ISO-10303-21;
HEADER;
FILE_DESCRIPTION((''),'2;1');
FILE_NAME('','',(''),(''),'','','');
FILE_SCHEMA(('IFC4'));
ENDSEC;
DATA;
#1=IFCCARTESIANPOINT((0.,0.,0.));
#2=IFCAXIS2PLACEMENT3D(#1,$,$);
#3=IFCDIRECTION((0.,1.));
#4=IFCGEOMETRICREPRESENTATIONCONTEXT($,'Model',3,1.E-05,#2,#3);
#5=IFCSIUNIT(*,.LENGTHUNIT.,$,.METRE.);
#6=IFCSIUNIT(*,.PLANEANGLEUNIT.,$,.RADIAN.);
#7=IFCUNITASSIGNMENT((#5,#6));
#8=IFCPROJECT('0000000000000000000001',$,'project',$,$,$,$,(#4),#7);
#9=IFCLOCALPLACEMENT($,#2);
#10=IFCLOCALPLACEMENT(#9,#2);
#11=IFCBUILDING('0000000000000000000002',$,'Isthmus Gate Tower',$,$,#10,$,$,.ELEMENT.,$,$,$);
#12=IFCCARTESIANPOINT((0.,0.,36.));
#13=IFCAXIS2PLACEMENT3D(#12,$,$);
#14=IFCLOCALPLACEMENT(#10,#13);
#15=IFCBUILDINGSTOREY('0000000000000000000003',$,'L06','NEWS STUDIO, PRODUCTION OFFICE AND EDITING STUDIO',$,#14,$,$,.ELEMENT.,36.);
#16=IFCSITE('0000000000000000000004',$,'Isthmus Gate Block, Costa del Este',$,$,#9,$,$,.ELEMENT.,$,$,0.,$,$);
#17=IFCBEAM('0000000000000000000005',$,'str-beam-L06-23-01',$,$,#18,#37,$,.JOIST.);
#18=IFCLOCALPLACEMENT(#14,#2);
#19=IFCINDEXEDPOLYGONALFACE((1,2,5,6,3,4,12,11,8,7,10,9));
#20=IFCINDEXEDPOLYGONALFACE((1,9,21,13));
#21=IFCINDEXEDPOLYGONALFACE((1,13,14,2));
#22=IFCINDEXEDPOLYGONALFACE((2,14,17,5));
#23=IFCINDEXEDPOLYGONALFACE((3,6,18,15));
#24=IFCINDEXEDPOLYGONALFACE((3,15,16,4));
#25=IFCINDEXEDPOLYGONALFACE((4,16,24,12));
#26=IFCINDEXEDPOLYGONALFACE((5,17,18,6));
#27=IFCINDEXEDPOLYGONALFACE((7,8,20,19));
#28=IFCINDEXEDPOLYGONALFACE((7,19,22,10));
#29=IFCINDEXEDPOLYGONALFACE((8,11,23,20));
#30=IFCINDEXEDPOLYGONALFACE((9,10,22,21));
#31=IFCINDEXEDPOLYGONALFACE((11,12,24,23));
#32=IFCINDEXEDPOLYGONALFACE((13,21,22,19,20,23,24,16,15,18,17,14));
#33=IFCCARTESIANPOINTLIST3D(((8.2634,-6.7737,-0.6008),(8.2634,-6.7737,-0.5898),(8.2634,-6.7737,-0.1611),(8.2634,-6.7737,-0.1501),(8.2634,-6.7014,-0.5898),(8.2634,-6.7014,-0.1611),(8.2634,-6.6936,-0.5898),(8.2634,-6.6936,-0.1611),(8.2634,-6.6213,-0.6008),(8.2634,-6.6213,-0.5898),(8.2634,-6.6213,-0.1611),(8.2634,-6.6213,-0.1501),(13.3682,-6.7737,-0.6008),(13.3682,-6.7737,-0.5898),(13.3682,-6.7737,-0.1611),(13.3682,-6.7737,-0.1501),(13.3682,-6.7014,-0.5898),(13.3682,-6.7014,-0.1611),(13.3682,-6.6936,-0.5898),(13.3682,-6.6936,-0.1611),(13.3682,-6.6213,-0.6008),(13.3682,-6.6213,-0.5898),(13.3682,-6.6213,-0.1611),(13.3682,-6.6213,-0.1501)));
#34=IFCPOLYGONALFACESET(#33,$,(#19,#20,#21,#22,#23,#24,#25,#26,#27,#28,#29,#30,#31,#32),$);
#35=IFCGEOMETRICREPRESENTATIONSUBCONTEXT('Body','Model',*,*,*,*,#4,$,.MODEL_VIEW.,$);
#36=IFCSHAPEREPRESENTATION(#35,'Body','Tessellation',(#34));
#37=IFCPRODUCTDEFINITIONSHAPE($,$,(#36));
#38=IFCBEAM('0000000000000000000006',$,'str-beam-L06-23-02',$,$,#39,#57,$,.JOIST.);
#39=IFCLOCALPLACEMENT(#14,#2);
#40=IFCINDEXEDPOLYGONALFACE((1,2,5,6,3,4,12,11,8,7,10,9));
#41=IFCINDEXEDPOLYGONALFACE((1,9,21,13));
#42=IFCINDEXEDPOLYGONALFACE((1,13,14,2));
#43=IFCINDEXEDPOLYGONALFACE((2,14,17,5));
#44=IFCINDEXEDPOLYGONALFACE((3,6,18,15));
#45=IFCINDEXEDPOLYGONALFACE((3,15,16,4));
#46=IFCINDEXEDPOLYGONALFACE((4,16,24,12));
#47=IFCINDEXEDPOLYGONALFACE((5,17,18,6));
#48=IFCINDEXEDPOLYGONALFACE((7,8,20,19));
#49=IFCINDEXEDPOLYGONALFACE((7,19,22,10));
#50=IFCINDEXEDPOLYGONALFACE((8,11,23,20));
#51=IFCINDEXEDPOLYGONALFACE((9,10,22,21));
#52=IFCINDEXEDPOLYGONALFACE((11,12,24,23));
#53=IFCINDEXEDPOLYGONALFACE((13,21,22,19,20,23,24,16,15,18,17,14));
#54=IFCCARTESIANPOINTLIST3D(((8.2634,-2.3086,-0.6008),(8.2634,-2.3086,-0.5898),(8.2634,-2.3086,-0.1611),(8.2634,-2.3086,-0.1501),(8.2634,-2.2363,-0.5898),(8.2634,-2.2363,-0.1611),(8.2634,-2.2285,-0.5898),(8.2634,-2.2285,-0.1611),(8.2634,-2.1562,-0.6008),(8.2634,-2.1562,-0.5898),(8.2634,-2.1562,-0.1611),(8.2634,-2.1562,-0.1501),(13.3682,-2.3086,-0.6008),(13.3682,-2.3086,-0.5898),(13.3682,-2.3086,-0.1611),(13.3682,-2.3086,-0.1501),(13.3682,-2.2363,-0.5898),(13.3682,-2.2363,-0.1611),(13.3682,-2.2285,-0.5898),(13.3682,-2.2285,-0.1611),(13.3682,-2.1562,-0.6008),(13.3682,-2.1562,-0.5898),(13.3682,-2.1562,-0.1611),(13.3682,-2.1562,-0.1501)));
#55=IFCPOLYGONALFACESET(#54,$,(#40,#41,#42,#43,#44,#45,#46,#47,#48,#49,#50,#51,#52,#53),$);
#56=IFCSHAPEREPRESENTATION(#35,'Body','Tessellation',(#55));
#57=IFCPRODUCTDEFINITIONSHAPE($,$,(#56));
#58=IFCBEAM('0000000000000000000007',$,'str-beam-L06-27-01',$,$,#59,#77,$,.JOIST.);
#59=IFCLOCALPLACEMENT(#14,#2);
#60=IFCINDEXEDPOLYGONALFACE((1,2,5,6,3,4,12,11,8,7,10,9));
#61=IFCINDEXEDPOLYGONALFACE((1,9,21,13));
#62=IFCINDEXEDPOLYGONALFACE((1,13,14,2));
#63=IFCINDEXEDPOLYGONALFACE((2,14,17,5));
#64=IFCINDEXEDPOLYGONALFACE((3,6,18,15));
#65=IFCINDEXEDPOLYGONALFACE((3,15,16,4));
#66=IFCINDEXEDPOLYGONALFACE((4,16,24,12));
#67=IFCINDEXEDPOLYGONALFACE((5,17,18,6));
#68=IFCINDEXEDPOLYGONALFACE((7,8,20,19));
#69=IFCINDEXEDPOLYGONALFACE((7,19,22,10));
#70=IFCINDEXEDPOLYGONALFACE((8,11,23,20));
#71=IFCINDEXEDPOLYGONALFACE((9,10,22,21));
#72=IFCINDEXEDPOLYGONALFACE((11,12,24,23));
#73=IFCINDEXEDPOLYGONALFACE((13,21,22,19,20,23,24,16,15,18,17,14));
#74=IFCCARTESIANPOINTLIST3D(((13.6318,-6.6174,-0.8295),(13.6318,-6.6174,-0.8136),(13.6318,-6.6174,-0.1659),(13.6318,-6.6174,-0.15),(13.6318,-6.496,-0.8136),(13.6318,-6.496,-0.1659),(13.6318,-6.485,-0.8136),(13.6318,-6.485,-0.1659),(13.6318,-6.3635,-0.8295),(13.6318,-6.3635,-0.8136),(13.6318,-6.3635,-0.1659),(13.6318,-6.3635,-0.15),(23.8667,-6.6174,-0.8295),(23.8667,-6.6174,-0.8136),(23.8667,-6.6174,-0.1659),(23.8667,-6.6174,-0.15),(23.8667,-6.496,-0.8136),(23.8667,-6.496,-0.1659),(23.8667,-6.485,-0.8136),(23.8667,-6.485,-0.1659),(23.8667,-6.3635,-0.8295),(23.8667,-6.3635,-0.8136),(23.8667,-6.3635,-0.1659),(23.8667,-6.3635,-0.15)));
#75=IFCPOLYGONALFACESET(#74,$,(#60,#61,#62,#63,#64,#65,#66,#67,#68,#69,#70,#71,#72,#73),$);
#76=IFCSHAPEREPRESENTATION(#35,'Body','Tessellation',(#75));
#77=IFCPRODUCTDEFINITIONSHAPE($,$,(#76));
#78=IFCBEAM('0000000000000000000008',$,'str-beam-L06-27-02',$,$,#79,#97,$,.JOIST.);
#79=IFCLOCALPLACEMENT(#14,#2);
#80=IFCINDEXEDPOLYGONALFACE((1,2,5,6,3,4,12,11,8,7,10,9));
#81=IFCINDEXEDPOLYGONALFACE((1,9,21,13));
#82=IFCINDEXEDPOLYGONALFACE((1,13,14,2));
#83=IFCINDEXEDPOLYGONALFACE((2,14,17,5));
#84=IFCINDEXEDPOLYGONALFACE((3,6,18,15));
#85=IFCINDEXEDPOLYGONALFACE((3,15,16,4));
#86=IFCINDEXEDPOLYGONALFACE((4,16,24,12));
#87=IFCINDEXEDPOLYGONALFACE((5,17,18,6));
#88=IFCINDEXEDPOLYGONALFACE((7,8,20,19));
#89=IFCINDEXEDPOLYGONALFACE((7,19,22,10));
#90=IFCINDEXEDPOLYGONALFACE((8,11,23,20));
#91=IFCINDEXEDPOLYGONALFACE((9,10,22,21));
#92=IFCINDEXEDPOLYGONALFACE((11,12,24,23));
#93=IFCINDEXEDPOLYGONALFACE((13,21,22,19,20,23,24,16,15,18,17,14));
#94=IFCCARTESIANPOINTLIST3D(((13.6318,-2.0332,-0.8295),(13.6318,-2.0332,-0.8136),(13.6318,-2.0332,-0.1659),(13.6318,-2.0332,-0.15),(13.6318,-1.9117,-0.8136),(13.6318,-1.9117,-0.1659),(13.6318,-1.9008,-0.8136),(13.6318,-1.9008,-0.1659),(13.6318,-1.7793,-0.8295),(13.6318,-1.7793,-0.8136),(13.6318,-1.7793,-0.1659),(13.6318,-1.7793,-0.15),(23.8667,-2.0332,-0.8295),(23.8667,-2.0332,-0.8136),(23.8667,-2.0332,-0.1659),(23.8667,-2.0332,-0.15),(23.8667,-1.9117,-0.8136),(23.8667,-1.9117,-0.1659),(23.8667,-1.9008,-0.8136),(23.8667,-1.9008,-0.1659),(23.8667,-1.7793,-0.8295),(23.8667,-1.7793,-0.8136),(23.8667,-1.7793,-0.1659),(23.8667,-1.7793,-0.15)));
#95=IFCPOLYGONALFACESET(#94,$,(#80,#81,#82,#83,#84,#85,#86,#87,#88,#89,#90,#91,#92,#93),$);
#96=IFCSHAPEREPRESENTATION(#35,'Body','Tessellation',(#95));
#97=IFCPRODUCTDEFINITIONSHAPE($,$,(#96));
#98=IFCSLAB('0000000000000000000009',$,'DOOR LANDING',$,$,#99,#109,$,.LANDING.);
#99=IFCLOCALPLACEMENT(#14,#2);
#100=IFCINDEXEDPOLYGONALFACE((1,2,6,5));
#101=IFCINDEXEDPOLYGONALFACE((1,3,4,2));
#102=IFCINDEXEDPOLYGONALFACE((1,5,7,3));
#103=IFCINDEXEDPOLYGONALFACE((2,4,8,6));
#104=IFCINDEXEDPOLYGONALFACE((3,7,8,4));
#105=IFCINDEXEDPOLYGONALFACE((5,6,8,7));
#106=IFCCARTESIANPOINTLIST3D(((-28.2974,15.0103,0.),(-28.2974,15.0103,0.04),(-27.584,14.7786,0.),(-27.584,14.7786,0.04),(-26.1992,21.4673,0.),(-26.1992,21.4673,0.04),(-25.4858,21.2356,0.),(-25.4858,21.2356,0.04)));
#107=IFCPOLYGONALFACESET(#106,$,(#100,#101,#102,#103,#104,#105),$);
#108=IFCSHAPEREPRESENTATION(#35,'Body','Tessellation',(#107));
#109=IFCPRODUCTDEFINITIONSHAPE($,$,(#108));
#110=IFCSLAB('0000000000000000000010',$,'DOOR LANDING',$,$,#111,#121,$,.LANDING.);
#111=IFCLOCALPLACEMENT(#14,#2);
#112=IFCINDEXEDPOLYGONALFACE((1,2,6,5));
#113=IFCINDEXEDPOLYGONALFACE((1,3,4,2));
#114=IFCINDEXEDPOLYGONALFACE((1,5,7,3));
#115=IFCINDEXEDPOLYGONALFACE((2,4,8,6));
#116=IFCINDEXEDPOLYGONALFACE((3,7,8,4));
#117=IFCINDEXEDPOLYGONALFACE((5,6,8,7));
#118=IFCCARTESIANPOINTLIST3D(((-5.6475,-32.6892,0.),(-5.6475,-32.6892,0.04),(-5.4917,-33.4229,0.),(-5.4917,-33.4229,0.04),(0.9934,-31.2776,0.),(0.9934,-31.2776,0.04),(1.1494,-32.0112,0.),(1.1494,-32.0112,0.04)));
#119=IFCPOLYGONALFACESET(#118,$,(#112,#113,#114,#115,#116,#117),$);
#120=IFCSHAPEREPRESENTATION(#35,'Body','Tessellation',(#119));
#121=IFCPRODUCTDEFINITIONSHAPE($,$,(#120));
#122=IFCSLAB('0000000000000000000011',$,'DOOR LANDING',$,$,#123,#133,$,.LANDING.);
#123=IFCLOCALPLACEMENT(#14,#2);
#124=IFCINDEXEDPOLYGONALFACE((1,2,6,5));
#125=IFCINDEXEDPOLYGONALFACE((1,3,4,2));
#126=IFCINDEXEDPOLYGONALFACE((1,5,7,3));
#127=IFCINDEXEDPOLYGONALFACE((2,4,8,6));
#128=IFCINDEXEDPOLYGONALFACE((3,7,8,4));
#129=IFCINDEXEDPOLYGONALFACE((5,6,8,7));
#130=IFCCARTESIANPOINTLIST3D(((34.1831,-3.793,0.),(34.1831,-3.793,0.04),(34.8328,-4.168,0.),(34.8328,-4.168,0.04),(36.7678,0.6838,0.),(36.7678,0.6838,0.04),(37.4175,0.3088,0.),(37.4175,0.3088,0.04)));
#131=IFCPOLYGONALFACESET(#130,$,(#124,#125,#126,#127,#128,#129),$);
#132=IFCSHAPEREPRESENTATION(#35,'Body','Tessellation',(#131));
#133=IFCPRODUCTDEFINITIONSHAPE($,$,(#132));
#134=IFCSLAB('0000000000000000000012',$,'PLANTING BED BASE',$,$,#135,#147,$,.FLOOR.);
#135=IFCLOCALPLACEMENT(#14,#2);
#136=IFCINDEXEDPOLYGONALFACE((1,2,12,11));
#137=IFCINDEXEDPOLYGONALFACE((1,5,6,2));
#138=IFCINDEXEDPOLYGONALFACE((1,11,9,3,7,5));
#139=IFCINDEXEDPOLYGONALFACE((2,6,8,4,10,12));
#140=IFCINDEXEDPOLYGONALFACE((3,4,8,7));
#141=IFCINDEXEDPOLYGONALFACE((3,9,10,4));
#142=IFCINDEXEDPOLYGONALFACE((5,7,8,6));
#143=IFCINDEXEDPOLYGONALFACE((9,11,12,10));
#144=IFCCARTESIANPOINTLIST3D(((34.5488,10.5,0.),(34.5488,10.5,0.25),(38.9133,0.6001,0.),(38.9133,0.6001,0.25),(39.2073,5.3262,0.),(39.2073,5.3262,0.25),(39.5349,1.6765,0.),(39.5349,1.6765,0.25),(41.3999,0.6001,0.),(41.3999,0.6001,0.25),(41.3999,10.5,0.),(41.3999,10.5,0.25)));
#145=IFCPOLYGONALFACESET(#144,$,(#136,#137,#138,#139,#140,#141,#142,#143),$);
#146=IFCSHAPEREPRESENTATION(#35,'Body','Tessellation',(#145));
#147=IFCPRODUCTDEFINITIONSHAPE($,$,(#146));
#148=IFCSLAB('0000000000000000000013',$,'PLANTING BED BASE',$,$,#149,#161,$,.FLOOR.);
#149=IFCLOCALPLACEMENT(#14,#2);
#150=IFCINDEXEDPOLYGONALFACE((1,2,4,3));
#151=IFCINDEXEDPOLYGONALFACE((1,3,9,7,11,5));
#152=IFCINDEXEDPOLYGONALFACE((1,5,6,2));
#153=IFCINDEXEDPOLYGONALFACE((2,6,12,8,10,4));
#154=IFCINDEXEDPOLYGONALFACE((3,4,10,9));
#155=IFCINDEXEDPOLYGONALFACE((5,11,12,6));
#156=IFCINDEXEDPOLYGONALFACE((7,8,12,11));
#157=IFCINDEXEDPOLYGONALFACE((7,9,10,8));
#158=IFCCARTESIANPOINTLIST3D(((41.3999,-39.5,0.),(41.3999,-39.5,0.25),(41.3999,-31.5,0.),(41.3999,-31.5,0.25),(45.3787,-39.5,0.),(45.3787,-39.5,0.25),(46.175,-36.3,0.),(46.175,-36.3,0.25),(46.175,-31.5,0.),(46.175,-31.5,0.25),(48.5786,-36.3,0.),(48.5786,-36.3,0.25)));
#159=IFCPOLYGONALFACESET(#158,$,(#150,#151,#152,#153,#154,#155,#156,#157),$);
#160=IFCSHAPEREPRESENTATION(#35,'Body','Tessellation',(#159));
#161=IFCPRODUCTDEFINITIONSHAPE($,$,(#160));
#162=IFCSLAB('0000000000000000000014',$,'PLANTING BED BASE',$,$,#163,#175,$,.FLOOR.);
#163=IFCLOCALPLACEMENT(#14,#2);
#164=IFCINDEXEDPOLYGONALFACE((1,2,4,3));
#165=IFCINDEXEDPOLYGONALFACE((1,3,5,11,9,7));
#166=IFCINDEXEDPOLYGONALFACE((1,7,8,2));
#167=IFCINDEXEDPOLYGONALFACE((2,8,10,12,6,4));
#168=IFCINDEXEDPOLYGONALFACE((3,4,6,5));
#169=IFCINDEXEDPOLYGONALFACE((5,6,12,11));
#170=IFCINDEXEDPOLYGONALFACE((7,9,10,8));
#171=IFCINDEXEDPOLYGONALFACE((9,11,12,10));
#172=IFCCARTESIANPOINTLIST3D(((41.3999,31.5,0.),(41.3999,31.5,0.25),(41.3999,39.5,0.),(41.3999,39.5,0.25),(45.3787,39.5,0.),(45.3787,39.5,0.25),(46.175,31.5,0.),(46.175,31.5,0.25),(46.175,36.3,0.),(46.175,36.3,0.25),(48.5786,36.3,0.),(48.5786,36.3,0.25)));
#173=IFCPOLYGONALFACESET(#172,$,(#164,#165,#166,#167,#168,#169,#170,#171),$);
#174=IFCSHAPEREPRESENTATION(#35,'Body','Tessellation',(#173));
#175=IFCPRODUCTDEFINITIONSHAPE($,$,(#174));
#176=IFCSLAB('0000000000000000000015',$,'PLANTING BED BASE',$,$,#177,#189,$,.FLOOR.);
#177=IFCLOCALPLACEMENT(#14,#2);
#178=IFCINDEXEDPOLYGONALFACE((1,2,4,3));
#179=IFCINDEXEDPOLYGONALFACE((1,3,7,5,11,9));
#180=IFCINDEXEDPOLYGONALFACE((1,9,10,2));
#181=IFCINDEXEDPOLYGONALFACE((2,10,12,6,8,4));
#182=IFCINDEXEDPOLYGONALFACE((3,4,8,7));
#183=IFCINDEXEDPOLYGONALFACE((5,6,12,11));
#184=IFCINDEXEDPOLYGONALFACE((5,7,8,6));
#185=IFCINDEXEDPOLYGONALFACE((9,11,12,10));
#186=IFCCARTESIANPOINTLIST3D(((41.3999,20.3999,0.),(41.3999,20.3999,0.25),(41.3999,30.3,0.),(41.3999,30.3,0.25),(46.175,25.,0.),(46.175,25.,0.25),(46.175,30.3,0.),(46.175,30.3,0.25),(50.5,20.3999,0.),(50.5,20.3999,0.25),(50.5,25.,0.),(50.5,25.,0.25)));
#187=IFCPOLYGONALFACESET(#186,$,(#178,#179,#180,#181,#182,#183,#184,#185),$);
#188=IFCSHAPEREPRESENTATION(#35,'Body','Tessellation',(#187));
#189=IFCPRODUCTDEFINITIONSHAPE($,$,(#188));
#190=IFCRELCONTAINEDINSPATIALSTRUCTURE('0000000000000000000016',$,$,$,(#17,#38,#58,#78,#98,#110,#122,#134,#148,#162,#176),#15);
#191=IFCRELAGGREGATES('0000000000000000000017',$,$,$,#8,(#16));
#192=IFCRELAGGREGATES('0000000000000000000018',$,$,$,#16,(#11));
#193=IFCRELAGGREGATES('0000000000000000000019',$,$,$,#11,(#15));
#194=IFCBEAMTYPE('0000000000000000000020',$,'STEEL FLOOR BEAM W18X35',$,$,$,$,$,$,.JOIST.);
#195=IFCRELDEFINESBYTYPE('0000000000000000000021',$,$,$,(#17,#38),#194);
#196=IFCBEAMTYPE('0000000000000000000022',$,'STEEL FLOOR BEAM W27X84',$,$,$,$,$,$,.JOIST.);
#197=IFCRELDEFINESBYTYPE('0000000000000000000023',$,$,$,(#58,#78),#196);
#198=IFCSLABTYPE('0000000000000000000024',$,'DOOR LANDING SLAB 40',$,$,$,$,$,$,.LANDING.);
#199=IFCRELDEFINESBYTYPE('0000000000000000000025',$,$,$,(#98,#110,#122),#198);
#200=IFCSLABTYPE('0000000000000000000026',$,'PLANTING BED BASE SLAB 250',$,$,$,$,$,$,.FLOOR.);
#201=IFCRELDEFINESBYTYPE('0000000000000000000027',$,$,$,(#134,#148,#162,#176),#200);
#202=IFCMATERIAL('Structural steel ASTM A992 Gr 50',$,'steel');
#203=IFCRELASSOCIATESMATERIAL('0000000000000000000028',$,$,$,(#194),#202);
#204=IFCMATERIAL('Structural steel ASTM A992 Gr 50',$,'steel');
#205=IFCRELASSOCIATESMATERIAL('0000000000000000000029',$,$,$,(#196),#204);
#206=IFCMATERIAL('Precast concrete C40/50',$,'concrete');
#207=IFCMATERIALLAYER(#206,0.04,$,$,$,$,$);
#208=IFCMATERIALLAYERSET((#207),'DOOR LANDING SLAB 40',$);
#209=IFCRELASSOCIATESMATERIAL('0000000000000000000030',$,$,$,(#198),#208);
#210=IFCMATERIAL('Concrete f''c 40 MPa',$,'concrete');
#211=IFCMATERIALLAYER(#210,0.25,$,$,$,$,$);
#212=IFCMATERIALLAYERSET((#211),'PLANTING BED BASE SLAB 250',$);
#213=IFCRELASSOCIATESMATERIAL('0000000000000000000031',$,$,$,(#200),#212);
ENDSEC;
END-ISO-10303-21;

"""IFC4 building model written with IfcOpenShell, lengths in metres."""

from ifc_helpers import new_model, si_unit, direction, frame, origin, origin_2d, place, context, subcontext, project, spatial, polyline, i_section, outline, extrude, material, layer, layer_set, material_profile, profile_set, type_object, element, save


model = new_model("IFC4")

# Units and contexts
model_context = context("Model", 3, precision=1e-05, world=origin(), true_north=direction((0.0, 1.0)))
body_context = subcontext(model_context, "Body", "Model", "MODEL_VIEW")
ifc_project = project(units=[si_unit("LENGTHUNIT", "METRE"), si_unit("PLANEANGLEUNIT", "RADIAN")], contexts=[model_context])

# Site, building, storey
site_placement = place(None, origin())
site = spatial("IfcSite", under=ifc_project, at=site_placement, Name="Isthmus Gate Block, Costa del Este", CompositionType="ELEMENT", RefElevation=0.0)
building_placement = place(site_placement, origin())
building = spatial("IfcBuilding", under=site, at=building_placement, Name="Isthmus Gate Tower", CompositionType="ELEMENT")
storey_placement = place(building_placement, frame((0.0, 0.0, 36.0)))
storey = spatial("IfcBuildingStorey", under=building, at=storey_placement, Name="L06", Description="NEWS STUDIO, PRODUCTION OFFICE AND EDITING STUDIO", CompositionType="ELEMENT", Elevation=36.0)

# Beams
ifc_material_1 = material(Name="Structural steel ASTM A992 Gr 50", Category="steel")
ifc_material_profile_1 = material_profile(ifc_material_1, i_section(OverallWidth=0.1523, OverallDepth=0.4507, WebThickness=0.0078, FlangeThickness=0.011, at=origin_2d()), Name="W18X35")
ifc_profile_set_1 = profile_set([ifc_material_profile_1], Name="Structural steel ASTM A992 Gr 50")
beam_type_1 = type_object("IfcBeamType", Name="STEEL FLOOR BEAM W18X35", PredefinedType="JOIST", material=ifc_profile_set_1)
for number, where, z_axis, x_axis, name in (
    (1, (8.2634, -6.6975, -0.3755), (1.0, 0.0, 0.0), (0.0, 1.0, 0.0), "str-beam-L06-23-01"),
    (2, (8.2634, -2.2324, -0.3755), (1.0, 0.0, 0.0), (0.0, 1.0, 0.0), "str-beam-L06-23-02"),
):
    element("IfcBeam", number, at=place(storey_placement, frame(where, z_axis=z_axis, x_axis=x_axis)), inside=storey, type_object=beam_type_1, Name=name, PredefinedType="JOIST", context=body_context, shape_type="SweptSolid", body=[
        extrude(i_section(OverallWidth=0.1523, OverallDepth=0.4507, WebThickness=0.0078, FlangeThickness=0.011, at=origin_2d()), origin(), (0.0, 0.0, 1.0), 5.1047),
    ])
ifc_material_2 = material(Name="Structural steel ASTM A992 Gr 50", Category="steel")
ifc_material_profile_2 = material_profile(ifc_material_2, i_section(OverallWidth=0.2539, OverallDepth=0.6794, WebThickness=0.011, FlangeThickness=0.0159, at=origin_2d()), Name="W27X84")
ifc_profile_set_2 = profile_set([ifc_material_profile_2], Name="Structural steel ASTM A992 Gr 50")
beam_type_2 = type_object("IfcBeamType", Name="STEEL FLOOR BEAM W27X84", PredefinedType="JOIST", material=ifc_profile_set_2)
for number, where, z_axis, x_axis, name in (
    (3, (13.6318, -6.4905, -0.4897), (1.0, 0.0, 0.0), (0.0, 1.0, 0.0), "str-beam-L06-27-01"),
    (4, (13.6318, -1.9062, -0.4897), (1.0, 0.0, 0.0), (0.0, 1.0, 0.0), "str-beam-L06-27-02"),
):
    element("IfcBeam", number, at=place(storey_placement, frame(where, z_axis=z_axis, x_axis=x_axis)), inside=storey, type_object=beam_type_2, Name=name, PredefinedType="JOIST", context=body_context, shape_type="SweptSolid", body=[
        extrude(i_section(OverallWidth=0.2539, OverallDepth=0.6794, WebThickness=0.011, FlangeThickness=0.0159, at=origin_2d()), origin(), (0.0, 0.0, 1.0), 10.2349),
    ])

# Slabs
ifc_material_3 = material(Name="Precast concrete C40/50", Category="concrete")
ifc_layer_1 = layer(ifc_material_3, 0.04)
ifc_layer_set_1 = layer_set([ifc_layer_1], Name="DOOR LANDING SLAB 40")
slab_type_1 = type_object("IfcSlabType", Name="DOOR LANDING SLAB 40", PredefinedType="LANDING", material=ifc_layer_set_1)
slab_1_placement = place(storey_placement, origin())
element("IfcSlab", 5, at=slab_1_placement, inside=storey, type_object=slab_type_1, Name="DOOR LANDING", PredefinedType="LANDING", context=body_context, shape_type="SweptSolid", body=[
    extrude(outline(polyline([(-26.1992, 21.4673), (-28.2974, 15.0103), (-27.584, 14.7786), (-25.4858, 21.2356), (-26.1992, 21.4673)])), origin(), (0.0, 0.0, 1.0), 0.04),
])
slab_2_placement = place(storey_placement, origin())
element("IfcSlab", 6, at=slab_2_placement, inside=storey, type_object=slab_type_1, Name="DOOR LANDING", PredefinedType="LANDING", context=body_context, shape_type="SweptSolid", body=[
    extrude(outline(polyline([(-5.4917, -33.4229), (1.1494, -32.0112), (0.9934, -31.2776), (-5.6475, -32.6892), (-5.4917, -33.4229)])), origin(), (0.0, 0.0, 1.0), 0.04),
])
slab_3_placement = place(storey_placement, origin())
element("IfcSlab", 7, at=slab_3_placement, inside=storey, type_object=slab_type_1, Name="DOOR LANDING", PredefinedType="LANDING", context=body_context, shape_type="SweptSolid", body=[
    extrude(outline(polyline([(34.8328, -4.168), (37.4175, 0.3088), (36.7678, 0.6838), (34.1831, -3.793), (34.8328, -4.168)])), origin(), (0.0, 0.0, 1.0), 0.04),
])
ifc_material_4 = material(Name="Concrete f'c 40 MPa", Category="concrete")
ifc_layer_2 = layer(ifc_material_4, 0.25)
ifc_layer_set_2 = layer_set([ifc_layer_2], Name="PLANTING BED BASE SLAB 250")
slab_type_2 = type_object("IfcSlabType", Name="PLANTING BED BASE SLAB 250", PredefinedType="FLOOR", material=ifc_layer_set_2)
slab_4_placement = place(storey_placement, origin())
element("IfcSlab", 8, at=slab_4_placement, inside=storey, type_object=slab_type_2, Name="PLANTING BED BASE", PredefinedType="FLOOR", context=body_context, shape_type="SweptSolid", body=[
    extrude(outline(polyline([(41.3999, 10.5), (34.5488, 10.5), (39.2073, 5.3262), (39.5349, 1.6765), (38.9133, 0.6001), (41.3999, 0.6001), (41.3999, 10.5)])), origin(), (0.0, 0.0, 1.0), 0.25),
])
slab_5_placement = place(storey_placement, origin())
element("IfcSlab", 9, at=slab_5_placement, inside=storey, type_object=slab_type_2, Name="PLANTING BED BASE", PredefinedType="FLOOR", context=body_context, shape_type="SweptSolid", body=[
    extrude(outline(polyline([(41.3999, -31.5), (41.3999, -39.5), (45.3787, -39.5), (48.5786, -36.3), (46.175, -36.3), (46.175, -31.5), (41.3999, -31.5)])), origin(), (0.0, 0.0, 1.0), 0.25),
])
slab_6_placement = place(storey_placement, origin())
element("IfcSlab", 10, at=slab_6_placement, inside=storey, type_object=slab_type_2, Name="PLANTING BED BASE", PredefinedType="FLOOR", context=body_context, shape_type="SweptSolid", body=[
    extrude(outline(polyline([(41.3999, 31.5), (46.175, 31.5), (46.175, 36.3), (48.5786, 36.3), (45.3787, 39.5), (41.3999, 39.5), (41.3999, 31.5)])), origin(), (0.0, 0.0, 1.0), 0.25),
])
slab_7_placement = place(storey_placement, origin())
element("IfcSlab", 11, at=slab_7_placement, inside=storey, type_object=slab_type_2, Name="PLANTING BED BASE", PredefinedType="FLOOR", context=body_context, shape_type="SweptSolid", body=[
    extrude(outline(polyline([(41.3999, 20.3999), (50.5, 20.3999), (50.5, 25.0), (46.175, 25.0), (46.175, 30.3), (41.3999, 30.3), (41.3999, 20.3999)])), origin(), (0.0, 0.0, 1.0), 0.25),
])

save(model, "model.ifc")
